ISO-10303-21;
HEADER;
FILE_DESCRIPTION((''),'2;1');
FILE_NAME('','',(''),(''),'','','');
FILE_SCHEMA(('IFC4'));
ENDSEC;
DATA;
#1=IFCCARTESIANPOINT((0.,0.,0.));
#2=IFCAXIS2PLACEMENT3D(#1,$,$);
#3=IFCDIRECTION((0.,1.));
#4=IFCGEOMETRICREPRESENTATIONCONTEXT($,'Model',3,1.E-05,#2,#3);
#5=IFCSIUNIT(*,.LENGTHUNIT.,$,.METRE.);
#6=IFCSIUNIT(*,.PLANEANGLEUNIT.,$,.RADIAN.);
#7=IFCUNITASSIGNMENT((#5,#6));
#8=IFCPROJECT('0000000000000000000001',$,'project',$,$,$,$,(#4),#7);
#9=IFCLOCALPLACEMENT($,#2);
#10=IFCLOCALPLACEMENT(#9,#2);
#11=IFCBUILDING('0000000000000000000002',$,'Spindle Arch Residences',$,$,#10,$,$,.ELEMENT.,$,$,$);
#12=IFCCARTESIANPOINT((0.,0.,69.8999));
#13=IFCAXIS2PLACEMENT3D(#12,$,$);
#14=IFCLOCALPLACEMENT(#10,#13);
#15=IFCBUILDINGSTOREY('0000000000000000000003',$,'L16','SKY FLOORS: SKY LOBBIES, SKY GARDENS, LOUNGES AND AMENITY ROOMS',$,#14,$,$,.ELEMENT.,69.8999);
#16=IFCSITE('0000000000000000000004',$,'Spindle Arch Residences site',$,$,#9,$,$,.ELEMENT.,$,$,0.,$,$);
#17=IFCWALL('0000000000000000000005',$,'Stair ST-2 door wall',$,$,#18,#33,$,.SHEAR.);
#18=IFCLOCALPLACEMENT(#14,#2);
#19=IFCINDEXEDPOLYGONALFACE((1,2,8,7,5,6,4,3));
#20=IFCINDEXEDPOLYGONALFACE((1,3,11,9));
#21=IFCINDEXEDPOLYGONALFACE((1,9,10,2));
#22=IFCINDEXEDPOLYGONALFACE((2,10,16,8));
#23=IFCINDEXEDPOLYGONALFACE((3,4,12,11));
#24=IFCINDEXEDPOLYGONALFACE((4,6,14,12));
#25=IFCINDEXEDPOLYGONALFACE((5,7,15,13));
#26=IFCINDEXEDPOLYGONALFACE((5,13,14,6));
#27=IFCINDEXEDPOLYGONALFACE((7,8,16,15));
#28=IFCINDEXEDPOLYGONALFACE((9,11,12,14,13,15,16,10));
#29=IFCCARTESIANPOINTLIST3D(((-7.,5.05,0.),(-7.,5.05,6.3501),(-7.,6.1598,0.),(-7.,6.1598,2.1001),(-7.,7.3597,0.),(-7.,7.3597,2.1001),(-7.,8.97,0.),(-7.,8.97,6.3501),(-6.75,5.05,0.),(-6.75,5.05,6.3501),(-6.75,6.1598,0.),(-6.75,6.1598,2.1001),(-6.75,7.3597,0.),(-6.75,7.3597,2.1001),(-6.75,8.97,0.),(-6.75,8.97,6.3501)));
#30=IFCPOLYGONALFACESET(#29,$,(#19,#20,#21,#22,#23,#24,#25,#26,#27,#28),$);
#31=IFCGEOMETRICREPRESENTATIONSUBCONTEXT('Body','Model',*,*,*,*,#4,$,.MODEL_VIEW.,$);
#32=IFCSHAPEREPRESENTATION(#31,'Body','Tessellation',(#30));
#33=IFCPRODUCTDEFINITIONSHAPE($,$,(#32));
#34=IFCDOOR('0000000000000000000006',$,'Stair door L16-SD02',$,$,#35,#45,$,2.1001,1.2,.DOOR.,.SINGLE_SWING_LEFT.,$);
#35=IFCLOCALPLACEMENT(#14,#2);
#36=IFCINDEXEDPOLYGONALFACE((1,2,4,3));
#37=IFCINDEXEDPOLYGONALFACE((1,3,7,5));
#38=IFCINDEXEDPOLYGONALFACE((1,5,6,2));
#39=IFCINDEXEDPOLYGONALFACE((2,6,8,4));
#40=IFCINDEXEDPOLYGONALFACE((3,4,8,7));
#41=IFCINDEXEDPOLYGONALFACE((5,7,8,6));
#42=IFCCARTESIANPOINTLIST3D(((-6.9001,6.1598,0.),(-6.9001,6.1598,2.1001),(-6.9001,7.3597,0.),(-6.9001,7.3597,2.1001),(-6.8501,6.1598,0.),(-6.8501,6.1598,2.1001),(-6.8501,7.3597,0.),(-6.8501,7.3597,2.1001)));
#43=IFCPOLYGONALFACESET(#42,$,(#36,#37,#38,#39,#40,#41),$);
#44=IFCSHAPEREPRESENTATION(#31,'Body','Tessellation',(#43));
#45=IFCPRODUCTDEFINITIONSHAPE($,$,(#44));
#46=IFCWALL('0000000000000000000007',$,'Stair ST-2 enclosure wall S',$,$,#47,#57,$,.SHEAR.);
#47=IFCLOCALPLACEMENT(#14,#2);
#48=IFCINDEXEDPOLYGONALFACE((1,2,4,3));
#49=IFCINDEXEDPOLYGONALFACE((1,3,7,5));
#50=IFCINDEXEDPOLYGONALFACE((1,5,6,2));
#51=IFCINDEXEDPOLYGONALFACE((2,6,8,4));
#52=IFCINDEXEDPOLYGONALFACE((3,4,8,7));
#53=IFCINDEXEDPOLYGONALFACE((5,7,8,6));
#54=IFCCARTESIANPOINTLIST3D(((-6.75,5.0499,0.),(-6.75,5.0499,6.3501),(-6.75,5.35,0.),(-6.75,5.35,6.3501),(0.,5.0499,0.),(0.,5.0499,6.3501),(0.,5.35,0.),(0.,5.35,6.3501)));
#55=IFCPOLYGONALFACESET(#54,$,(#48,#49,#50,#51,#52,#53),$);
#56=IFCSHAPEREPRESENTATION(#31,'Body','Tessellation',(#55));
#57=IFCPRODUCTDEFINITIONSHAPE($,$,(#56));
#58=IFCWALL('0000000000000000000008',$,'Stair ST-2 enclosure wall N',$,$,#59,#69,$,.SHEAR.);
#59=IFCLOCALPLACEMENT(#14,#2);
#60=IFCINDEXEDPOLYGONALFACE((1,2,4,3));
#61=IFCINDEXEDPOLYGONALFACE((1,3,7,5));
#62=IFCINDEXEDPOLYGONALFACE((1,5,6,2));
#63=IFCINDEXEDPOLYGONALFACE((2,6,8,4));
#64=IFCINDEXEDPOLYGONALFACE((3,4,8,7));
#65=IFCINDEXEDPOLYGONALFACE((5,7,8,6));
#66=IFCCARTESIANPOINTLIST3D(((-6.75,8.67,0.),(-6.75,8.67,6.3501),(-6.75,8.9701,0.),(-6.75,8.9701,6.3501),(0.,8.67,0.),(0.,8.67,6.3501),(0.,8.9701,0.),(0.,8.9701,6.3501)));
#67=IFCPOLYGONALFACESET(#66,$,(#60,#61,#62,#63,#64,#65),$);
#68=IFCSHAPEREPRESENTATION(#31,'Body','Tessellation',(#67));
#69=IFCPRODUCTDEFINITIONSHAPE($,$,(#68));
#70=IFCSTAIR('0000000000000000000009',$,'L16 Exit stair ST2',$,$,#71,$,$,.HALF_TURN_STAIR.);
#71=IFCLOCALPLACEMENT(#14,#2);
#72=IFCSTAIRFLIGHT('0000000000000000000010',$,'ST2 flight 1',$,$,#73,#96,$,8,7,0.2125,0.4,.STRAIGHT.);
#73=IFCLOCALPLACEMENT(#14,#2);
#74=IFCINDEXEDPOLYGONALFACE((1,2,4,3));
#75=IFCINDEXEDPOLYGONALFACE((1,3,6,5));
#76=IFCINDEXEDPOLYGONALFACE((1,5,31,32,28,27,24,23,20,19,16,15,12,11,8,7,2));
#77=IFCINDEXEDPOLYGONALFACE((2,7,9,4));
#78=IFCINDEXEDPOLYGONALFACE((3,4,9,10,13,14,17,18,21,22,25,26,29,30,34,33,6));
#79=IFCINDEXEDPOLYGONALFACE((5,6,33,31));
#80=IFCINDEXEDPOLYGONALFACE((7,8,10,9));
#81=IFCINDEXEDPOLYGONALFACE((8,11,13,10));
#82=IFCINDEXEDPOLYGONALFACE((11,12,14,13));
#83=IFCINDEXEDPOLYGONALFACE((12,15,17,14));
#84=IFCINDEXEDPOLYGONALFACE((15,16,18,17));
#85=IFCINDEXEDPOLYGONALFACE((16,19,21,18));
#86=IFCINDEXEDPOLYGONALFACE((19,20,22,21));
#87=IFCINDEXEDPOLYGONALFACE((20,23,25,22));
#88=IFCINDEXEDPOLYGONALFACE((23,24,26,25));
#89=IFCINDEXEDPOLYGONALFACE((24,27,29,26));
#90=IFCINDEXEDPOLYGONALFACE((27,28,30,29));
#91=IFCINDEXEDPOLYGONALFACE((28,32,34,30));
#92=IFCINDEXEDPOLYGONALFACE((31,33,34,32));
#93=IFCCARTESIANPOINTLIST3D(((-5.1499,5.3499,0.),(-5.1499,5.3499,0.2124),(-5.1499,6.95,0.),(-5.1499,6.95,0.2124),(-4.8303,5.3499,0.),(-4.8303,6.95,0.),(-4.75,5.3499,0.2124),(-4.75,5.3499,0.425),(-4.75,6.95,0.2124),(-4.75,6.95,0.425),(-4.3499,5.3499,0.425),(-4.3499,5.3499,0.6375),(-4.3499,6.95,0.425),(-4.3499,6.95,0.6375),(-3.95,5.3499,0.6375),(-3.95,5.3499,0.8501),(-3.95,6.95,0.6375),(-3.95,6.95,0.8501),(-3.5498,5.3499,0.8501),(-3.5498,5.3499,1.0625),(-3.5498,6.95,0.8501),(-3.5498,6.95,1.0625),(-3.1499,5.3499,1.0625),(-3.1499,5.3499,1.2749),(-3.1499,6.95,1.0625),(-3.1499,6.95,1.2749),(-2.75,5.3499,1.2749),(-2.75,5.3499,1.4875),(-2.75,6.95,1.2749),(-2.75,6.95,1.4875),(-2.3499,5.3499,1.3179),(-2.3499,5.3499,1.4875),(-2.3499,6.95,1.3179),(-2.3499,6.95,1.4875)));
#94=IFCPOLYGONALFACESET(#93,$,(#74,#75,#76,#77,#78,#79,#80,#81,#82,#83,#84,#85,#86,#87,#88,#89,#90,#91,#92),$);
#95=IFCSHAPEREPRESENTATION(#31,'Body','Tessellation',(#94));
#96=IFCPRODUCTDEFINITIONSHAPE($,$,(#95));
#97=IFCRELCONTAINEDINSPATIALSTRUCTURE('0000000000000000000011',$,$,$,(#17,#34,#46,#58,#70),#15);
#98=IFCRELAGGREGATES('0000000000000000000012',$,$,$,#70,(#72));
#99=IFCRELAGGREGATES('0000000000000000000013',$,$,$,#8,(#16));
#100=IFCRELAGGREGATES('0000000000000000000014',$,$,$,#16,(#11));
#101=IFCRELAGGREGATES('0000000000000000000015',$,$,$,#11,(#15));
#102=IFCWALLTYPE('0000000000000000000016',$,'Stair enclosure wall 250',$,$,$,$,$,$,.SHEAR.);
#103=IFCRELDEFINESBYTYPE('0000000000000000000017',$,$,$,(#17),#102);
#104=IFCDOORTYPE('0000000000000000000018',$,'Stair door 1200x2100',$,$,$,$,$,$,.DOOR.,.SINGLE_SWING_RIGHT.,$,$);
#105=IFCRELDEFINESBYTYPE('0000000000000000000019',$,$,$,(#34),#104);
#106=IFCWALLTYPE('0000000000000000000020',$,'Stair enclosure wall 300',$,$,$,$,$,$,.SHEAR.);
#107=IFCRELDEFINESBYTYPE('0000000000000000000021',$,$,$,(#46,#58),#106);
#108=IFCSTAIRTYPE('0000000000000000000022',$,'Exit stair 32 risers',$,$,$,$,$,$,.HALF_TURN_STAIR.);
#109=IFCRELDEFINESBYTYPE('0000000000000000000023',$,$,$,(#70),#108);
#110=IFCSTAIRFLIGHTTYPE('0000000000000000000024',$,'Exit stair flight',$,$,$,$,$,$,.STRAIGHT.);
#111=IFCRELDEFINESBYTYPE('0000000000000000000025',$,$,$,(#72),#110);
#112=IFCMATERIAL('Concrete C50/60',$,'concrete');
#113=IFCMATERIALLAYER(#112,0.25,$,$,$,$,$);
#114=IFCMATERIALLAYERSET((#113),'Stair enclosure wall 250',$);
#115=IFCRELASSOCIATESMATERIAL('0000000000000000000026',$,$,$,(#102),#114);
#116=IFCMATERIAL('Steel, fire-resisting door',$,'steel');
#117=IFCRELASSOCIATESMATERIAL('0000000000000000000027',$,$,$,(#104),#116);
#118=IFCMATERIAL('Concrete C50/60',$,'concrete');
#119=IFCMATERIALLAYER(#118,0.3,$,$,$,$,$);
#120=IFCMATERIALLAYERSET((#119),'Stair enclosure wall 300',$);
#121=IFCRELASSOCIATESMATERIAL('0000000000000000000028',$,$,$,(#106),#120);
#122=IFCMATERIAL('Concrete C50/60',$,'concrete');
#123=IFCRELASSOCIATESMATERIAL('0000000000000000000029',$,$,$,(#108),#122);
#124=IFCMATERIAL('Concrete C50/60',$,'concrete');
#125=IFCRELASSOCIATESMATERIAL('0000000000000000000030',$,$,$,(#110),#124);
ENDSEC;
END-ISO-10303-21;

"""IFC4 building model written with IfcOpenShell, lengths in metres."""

from ifc_helpers import new_model, si_unit, direction, frame, frame_2d, origin, place, context, subcontext, project, spatial, polyline, rectangle, outline, extrude, material, layer, layer_set, type_object, element, fill, aggregate, save


model = new_model("IFC4")

# Units and contexts
model_context = context("Model", 3, precision=1e-05, world=origin(), true_north=direction((0.0, 1.0)))
body_context = subcontext(model_context, "Body", "Model", "MODEL_VIEW")
ifc_project = project(units=[si_unit("LENGTHUNIT", "METRE"), si_unit("PLANEANGLEUNIT", "RADIAN")], contexts=[model_context])

# Site, building, storey
site_placement = place(None, origin())
site = spatial("IfcSite", under=ifc_project, at=site_placement, Name="Spindle Arch Residences site", CompositionType="ELEMENT", RefElevation=0.0)
building_placement = place(site_placement, origin())
building = spatial("IfcBuilding", under=site, at=building_placement, Name="Spindle Arch Residences", CompositionType="ELEMENT")
storey_placement = place(building_placement, frame((0.0, 0.0, 69.8999)))
storey = spatial("IfcBuildingStorey", under=building, at=storey_placement, Name="L16", Description="SKY FLOORS: SKY LOBBIES, SKY GARDENS, LOUNGES AND AMENITY ROOMS", CompositionType="ELEMENT", Elevation=69.8999)

# Wall, opening, door
ifc_material_1 = material(Name="Concrete C50/60", Category="concrete")
ifc_layer_1 = layer(ifc_material_1, 0.25)
ifc_layer_set_1 = layer_set([ifc_layer_1], Name="Stair enclosure wall 250")
wall_type_1 = type_object("IfcWallType", Name="Stair enclosure wall 250", PredefinedType="SHEAR", material=ifc_layer_set_1)
wall_1_placement = place(storey_placement, frame((-6.875, 8.97, 0.0), z_axis=(0.0, 0.0, 1.0), x_axis=(0.0, -1.0, 0.0)))
wall_1 = element("IfcWall", 1, at=wall_1_placement, inside=storey, type_object=wall_type_1, Name="Stair ST-2 door wall", PredefinedType="SHEAR", context=body_context, shape_type="SweptSolid", body=[
    extrude(rectangle(XDim=3.9199, YDim=0.25, at=frame_2d((1.96, 0.0))), origin(), (0.0, 0.0, 1.0), 6.3501),
])
opening_1_placement = place(wall_1_placement, frame((1.6101, 0.0, 0.0)))
opening_1 = element("IfcOpeningElement", 2, at=opening_1_placement, cuts=wall_1, PredefinedType="OPENING", context=body_context, shape_type="SweptSolid", body=[
    extrude(rectangle(XDim=1.2, YDim=2.1001, at=frame_2d((0.6001, 1.05))), frame((0.0, 0.135, 0.0), z_axis=(0.0, -1.0, 0.0), x_axis=(1.0, 0.0, 0.0)), (0.0, 0.0, 1.0), 0.27),
])
ifc_material_2 = material(Name="Steel, fire-resisting door", Category="steel")
door_type_1 = type_object("IfcDoorType", Name="Stair door 1200x2100", OperationType="SINGLE_SWING_RIGHT", PredefinedType="DOOR", material=ifc_material_2)
door_1_placement = place(opening_1_placement, origin())
door_1 = element("IfcDoor", 3, at=door_1_placement, inside=storey, type_object=door_type_1, Name="Stair door L16-SD02", OperationType="SINGLE_SWING_LEFT", OverallHeight=2.1001, OverallWidth=1.2, PredefinedType="DOOR", context=body_context, shape_type="SweptSolid", body=[
    extrude(rectangle(XDim=1.2, YDim=2.1001, at=frame_2d((0.6001, 1.05))), frame((0.0, 0.0249, 0.0), z_axis=(0.0, -1.0, 0.0), x_axis=(1.0, 0.0, 0.0)), (0.0, 0.0, 1.0), 0.05),
])
fill(opening_1, door_1)

# Walls
ifc_material_3 = material(Name="Concrete C50/60", Category="concrete")
ifc_layer_2 = layer(ifc_material_3, 0.3)
ifc_layer_set_2 = layer_set([ifc_layer_2], Name="Stair enclosure wall 300")
wall_type_2 = type_object("IfcWallType", Name="Stair enclosure wall 300", PredefinedType="SHEAR", material=ifc_layer_set_2)
for number, where, z_axis, x_axis, name in (
    (4, (-6.75, 5.2, 0.0), (0.0, 0.0, 1.0), (1.0, 0.0, 0.0), "Stair ST-2 enclosure wall S"),
    (5, (-6.75, 8.8201, 0.0), (0.0, 0.0, 1.0), (1.0, 0.0, 0.0), "Stair ST-2 enclosure wall N"),
):
    element("IfcWall", number, at=place(storey_placement, frame(where, z_axis=z_axis, x_axis=x_axis)), inside=storey, type_object=wall_type_2, Name=name, PredefinedType="SHEAR", context=body_context, shape_type="SweptSolid", body=[
        extrude(rectangle(XDim=6.75, YDim=0.3, at=frame_2d((3.375, 0.0))), origin(), (0.0, 0.0, 1.0), 6.3501),
    ])

# Stair, stair flight
ifc_material_4 = material(Name="Concrete C50/60", Category="concrete")
stair_type = type_object("IfcStairType", Name="Exit stair 32 risers", PredefinedType="HALF_TURN_STAIR", material=ifc_material_4)
stair_placement = place(storey_placement, origin())
stair = element("IfcStair", 6, at=stair_placement, inside=storey, type_object=stair_type, Name="L16 Exit stair ST2", PredefinedType="HALF_TURN_STAIR")
ifc_material_5 = material(Name="Concrete C50/60", Category="concrete")
stair_flight_type = type_object("IfcStairFlightType", Name="Exit stair flight", PredefinedType="STRAIGHT", material=ifc_material_5)
stair_flight_placement = place(storey_placement, frame((-5.1499, 6.1499, 0.0), z_axis=(0.0, 0.0, 1.0), x_axis=(1.0, 0.0, 0.0)))
stair_flight = element("IfcStairFlight", 7, at=stair_flight_placement, type_object=stair_flight_type, Name="ST2 flight 1", NumberOfRisers=8, NumberOfTreads=7, PredefinedType="STRAIGHT", RiserHeight=0.2125, TreadLength=0.4, context=body_context, shape_type="SweptSolid", body=[
    extrude(outline(polyline([(0.0, 0.0), (0.0, 0.2124), (0.3999, 0.2124), (0.3999, 0.425), (0.8, 0.425), (0.8, 0.6375), (1.2, 0.6375), (1.2, 0.8501), (1.6001, 0.8501), (1.6001, 1.0625), (2.0, 1.0625), (2.0, 1.2749), (2.3999, 1.2749), (2.3999, 1.4875), (2.8, 1.4875), (2.8, 1.7), (2.8, 1.3179), (0.3196, 0.0), (0.0, 0.0)])), frame((0.0, 0.8, 0.0), z_axis=(0.0, -1.0, 0.0), x_axis=(1.0, 0.0, 0.0)), (0.0, 0.0, 1.0), 1.6001),
])
aggregate(stair, [stair_flight])

save(model, "model.ifc")
